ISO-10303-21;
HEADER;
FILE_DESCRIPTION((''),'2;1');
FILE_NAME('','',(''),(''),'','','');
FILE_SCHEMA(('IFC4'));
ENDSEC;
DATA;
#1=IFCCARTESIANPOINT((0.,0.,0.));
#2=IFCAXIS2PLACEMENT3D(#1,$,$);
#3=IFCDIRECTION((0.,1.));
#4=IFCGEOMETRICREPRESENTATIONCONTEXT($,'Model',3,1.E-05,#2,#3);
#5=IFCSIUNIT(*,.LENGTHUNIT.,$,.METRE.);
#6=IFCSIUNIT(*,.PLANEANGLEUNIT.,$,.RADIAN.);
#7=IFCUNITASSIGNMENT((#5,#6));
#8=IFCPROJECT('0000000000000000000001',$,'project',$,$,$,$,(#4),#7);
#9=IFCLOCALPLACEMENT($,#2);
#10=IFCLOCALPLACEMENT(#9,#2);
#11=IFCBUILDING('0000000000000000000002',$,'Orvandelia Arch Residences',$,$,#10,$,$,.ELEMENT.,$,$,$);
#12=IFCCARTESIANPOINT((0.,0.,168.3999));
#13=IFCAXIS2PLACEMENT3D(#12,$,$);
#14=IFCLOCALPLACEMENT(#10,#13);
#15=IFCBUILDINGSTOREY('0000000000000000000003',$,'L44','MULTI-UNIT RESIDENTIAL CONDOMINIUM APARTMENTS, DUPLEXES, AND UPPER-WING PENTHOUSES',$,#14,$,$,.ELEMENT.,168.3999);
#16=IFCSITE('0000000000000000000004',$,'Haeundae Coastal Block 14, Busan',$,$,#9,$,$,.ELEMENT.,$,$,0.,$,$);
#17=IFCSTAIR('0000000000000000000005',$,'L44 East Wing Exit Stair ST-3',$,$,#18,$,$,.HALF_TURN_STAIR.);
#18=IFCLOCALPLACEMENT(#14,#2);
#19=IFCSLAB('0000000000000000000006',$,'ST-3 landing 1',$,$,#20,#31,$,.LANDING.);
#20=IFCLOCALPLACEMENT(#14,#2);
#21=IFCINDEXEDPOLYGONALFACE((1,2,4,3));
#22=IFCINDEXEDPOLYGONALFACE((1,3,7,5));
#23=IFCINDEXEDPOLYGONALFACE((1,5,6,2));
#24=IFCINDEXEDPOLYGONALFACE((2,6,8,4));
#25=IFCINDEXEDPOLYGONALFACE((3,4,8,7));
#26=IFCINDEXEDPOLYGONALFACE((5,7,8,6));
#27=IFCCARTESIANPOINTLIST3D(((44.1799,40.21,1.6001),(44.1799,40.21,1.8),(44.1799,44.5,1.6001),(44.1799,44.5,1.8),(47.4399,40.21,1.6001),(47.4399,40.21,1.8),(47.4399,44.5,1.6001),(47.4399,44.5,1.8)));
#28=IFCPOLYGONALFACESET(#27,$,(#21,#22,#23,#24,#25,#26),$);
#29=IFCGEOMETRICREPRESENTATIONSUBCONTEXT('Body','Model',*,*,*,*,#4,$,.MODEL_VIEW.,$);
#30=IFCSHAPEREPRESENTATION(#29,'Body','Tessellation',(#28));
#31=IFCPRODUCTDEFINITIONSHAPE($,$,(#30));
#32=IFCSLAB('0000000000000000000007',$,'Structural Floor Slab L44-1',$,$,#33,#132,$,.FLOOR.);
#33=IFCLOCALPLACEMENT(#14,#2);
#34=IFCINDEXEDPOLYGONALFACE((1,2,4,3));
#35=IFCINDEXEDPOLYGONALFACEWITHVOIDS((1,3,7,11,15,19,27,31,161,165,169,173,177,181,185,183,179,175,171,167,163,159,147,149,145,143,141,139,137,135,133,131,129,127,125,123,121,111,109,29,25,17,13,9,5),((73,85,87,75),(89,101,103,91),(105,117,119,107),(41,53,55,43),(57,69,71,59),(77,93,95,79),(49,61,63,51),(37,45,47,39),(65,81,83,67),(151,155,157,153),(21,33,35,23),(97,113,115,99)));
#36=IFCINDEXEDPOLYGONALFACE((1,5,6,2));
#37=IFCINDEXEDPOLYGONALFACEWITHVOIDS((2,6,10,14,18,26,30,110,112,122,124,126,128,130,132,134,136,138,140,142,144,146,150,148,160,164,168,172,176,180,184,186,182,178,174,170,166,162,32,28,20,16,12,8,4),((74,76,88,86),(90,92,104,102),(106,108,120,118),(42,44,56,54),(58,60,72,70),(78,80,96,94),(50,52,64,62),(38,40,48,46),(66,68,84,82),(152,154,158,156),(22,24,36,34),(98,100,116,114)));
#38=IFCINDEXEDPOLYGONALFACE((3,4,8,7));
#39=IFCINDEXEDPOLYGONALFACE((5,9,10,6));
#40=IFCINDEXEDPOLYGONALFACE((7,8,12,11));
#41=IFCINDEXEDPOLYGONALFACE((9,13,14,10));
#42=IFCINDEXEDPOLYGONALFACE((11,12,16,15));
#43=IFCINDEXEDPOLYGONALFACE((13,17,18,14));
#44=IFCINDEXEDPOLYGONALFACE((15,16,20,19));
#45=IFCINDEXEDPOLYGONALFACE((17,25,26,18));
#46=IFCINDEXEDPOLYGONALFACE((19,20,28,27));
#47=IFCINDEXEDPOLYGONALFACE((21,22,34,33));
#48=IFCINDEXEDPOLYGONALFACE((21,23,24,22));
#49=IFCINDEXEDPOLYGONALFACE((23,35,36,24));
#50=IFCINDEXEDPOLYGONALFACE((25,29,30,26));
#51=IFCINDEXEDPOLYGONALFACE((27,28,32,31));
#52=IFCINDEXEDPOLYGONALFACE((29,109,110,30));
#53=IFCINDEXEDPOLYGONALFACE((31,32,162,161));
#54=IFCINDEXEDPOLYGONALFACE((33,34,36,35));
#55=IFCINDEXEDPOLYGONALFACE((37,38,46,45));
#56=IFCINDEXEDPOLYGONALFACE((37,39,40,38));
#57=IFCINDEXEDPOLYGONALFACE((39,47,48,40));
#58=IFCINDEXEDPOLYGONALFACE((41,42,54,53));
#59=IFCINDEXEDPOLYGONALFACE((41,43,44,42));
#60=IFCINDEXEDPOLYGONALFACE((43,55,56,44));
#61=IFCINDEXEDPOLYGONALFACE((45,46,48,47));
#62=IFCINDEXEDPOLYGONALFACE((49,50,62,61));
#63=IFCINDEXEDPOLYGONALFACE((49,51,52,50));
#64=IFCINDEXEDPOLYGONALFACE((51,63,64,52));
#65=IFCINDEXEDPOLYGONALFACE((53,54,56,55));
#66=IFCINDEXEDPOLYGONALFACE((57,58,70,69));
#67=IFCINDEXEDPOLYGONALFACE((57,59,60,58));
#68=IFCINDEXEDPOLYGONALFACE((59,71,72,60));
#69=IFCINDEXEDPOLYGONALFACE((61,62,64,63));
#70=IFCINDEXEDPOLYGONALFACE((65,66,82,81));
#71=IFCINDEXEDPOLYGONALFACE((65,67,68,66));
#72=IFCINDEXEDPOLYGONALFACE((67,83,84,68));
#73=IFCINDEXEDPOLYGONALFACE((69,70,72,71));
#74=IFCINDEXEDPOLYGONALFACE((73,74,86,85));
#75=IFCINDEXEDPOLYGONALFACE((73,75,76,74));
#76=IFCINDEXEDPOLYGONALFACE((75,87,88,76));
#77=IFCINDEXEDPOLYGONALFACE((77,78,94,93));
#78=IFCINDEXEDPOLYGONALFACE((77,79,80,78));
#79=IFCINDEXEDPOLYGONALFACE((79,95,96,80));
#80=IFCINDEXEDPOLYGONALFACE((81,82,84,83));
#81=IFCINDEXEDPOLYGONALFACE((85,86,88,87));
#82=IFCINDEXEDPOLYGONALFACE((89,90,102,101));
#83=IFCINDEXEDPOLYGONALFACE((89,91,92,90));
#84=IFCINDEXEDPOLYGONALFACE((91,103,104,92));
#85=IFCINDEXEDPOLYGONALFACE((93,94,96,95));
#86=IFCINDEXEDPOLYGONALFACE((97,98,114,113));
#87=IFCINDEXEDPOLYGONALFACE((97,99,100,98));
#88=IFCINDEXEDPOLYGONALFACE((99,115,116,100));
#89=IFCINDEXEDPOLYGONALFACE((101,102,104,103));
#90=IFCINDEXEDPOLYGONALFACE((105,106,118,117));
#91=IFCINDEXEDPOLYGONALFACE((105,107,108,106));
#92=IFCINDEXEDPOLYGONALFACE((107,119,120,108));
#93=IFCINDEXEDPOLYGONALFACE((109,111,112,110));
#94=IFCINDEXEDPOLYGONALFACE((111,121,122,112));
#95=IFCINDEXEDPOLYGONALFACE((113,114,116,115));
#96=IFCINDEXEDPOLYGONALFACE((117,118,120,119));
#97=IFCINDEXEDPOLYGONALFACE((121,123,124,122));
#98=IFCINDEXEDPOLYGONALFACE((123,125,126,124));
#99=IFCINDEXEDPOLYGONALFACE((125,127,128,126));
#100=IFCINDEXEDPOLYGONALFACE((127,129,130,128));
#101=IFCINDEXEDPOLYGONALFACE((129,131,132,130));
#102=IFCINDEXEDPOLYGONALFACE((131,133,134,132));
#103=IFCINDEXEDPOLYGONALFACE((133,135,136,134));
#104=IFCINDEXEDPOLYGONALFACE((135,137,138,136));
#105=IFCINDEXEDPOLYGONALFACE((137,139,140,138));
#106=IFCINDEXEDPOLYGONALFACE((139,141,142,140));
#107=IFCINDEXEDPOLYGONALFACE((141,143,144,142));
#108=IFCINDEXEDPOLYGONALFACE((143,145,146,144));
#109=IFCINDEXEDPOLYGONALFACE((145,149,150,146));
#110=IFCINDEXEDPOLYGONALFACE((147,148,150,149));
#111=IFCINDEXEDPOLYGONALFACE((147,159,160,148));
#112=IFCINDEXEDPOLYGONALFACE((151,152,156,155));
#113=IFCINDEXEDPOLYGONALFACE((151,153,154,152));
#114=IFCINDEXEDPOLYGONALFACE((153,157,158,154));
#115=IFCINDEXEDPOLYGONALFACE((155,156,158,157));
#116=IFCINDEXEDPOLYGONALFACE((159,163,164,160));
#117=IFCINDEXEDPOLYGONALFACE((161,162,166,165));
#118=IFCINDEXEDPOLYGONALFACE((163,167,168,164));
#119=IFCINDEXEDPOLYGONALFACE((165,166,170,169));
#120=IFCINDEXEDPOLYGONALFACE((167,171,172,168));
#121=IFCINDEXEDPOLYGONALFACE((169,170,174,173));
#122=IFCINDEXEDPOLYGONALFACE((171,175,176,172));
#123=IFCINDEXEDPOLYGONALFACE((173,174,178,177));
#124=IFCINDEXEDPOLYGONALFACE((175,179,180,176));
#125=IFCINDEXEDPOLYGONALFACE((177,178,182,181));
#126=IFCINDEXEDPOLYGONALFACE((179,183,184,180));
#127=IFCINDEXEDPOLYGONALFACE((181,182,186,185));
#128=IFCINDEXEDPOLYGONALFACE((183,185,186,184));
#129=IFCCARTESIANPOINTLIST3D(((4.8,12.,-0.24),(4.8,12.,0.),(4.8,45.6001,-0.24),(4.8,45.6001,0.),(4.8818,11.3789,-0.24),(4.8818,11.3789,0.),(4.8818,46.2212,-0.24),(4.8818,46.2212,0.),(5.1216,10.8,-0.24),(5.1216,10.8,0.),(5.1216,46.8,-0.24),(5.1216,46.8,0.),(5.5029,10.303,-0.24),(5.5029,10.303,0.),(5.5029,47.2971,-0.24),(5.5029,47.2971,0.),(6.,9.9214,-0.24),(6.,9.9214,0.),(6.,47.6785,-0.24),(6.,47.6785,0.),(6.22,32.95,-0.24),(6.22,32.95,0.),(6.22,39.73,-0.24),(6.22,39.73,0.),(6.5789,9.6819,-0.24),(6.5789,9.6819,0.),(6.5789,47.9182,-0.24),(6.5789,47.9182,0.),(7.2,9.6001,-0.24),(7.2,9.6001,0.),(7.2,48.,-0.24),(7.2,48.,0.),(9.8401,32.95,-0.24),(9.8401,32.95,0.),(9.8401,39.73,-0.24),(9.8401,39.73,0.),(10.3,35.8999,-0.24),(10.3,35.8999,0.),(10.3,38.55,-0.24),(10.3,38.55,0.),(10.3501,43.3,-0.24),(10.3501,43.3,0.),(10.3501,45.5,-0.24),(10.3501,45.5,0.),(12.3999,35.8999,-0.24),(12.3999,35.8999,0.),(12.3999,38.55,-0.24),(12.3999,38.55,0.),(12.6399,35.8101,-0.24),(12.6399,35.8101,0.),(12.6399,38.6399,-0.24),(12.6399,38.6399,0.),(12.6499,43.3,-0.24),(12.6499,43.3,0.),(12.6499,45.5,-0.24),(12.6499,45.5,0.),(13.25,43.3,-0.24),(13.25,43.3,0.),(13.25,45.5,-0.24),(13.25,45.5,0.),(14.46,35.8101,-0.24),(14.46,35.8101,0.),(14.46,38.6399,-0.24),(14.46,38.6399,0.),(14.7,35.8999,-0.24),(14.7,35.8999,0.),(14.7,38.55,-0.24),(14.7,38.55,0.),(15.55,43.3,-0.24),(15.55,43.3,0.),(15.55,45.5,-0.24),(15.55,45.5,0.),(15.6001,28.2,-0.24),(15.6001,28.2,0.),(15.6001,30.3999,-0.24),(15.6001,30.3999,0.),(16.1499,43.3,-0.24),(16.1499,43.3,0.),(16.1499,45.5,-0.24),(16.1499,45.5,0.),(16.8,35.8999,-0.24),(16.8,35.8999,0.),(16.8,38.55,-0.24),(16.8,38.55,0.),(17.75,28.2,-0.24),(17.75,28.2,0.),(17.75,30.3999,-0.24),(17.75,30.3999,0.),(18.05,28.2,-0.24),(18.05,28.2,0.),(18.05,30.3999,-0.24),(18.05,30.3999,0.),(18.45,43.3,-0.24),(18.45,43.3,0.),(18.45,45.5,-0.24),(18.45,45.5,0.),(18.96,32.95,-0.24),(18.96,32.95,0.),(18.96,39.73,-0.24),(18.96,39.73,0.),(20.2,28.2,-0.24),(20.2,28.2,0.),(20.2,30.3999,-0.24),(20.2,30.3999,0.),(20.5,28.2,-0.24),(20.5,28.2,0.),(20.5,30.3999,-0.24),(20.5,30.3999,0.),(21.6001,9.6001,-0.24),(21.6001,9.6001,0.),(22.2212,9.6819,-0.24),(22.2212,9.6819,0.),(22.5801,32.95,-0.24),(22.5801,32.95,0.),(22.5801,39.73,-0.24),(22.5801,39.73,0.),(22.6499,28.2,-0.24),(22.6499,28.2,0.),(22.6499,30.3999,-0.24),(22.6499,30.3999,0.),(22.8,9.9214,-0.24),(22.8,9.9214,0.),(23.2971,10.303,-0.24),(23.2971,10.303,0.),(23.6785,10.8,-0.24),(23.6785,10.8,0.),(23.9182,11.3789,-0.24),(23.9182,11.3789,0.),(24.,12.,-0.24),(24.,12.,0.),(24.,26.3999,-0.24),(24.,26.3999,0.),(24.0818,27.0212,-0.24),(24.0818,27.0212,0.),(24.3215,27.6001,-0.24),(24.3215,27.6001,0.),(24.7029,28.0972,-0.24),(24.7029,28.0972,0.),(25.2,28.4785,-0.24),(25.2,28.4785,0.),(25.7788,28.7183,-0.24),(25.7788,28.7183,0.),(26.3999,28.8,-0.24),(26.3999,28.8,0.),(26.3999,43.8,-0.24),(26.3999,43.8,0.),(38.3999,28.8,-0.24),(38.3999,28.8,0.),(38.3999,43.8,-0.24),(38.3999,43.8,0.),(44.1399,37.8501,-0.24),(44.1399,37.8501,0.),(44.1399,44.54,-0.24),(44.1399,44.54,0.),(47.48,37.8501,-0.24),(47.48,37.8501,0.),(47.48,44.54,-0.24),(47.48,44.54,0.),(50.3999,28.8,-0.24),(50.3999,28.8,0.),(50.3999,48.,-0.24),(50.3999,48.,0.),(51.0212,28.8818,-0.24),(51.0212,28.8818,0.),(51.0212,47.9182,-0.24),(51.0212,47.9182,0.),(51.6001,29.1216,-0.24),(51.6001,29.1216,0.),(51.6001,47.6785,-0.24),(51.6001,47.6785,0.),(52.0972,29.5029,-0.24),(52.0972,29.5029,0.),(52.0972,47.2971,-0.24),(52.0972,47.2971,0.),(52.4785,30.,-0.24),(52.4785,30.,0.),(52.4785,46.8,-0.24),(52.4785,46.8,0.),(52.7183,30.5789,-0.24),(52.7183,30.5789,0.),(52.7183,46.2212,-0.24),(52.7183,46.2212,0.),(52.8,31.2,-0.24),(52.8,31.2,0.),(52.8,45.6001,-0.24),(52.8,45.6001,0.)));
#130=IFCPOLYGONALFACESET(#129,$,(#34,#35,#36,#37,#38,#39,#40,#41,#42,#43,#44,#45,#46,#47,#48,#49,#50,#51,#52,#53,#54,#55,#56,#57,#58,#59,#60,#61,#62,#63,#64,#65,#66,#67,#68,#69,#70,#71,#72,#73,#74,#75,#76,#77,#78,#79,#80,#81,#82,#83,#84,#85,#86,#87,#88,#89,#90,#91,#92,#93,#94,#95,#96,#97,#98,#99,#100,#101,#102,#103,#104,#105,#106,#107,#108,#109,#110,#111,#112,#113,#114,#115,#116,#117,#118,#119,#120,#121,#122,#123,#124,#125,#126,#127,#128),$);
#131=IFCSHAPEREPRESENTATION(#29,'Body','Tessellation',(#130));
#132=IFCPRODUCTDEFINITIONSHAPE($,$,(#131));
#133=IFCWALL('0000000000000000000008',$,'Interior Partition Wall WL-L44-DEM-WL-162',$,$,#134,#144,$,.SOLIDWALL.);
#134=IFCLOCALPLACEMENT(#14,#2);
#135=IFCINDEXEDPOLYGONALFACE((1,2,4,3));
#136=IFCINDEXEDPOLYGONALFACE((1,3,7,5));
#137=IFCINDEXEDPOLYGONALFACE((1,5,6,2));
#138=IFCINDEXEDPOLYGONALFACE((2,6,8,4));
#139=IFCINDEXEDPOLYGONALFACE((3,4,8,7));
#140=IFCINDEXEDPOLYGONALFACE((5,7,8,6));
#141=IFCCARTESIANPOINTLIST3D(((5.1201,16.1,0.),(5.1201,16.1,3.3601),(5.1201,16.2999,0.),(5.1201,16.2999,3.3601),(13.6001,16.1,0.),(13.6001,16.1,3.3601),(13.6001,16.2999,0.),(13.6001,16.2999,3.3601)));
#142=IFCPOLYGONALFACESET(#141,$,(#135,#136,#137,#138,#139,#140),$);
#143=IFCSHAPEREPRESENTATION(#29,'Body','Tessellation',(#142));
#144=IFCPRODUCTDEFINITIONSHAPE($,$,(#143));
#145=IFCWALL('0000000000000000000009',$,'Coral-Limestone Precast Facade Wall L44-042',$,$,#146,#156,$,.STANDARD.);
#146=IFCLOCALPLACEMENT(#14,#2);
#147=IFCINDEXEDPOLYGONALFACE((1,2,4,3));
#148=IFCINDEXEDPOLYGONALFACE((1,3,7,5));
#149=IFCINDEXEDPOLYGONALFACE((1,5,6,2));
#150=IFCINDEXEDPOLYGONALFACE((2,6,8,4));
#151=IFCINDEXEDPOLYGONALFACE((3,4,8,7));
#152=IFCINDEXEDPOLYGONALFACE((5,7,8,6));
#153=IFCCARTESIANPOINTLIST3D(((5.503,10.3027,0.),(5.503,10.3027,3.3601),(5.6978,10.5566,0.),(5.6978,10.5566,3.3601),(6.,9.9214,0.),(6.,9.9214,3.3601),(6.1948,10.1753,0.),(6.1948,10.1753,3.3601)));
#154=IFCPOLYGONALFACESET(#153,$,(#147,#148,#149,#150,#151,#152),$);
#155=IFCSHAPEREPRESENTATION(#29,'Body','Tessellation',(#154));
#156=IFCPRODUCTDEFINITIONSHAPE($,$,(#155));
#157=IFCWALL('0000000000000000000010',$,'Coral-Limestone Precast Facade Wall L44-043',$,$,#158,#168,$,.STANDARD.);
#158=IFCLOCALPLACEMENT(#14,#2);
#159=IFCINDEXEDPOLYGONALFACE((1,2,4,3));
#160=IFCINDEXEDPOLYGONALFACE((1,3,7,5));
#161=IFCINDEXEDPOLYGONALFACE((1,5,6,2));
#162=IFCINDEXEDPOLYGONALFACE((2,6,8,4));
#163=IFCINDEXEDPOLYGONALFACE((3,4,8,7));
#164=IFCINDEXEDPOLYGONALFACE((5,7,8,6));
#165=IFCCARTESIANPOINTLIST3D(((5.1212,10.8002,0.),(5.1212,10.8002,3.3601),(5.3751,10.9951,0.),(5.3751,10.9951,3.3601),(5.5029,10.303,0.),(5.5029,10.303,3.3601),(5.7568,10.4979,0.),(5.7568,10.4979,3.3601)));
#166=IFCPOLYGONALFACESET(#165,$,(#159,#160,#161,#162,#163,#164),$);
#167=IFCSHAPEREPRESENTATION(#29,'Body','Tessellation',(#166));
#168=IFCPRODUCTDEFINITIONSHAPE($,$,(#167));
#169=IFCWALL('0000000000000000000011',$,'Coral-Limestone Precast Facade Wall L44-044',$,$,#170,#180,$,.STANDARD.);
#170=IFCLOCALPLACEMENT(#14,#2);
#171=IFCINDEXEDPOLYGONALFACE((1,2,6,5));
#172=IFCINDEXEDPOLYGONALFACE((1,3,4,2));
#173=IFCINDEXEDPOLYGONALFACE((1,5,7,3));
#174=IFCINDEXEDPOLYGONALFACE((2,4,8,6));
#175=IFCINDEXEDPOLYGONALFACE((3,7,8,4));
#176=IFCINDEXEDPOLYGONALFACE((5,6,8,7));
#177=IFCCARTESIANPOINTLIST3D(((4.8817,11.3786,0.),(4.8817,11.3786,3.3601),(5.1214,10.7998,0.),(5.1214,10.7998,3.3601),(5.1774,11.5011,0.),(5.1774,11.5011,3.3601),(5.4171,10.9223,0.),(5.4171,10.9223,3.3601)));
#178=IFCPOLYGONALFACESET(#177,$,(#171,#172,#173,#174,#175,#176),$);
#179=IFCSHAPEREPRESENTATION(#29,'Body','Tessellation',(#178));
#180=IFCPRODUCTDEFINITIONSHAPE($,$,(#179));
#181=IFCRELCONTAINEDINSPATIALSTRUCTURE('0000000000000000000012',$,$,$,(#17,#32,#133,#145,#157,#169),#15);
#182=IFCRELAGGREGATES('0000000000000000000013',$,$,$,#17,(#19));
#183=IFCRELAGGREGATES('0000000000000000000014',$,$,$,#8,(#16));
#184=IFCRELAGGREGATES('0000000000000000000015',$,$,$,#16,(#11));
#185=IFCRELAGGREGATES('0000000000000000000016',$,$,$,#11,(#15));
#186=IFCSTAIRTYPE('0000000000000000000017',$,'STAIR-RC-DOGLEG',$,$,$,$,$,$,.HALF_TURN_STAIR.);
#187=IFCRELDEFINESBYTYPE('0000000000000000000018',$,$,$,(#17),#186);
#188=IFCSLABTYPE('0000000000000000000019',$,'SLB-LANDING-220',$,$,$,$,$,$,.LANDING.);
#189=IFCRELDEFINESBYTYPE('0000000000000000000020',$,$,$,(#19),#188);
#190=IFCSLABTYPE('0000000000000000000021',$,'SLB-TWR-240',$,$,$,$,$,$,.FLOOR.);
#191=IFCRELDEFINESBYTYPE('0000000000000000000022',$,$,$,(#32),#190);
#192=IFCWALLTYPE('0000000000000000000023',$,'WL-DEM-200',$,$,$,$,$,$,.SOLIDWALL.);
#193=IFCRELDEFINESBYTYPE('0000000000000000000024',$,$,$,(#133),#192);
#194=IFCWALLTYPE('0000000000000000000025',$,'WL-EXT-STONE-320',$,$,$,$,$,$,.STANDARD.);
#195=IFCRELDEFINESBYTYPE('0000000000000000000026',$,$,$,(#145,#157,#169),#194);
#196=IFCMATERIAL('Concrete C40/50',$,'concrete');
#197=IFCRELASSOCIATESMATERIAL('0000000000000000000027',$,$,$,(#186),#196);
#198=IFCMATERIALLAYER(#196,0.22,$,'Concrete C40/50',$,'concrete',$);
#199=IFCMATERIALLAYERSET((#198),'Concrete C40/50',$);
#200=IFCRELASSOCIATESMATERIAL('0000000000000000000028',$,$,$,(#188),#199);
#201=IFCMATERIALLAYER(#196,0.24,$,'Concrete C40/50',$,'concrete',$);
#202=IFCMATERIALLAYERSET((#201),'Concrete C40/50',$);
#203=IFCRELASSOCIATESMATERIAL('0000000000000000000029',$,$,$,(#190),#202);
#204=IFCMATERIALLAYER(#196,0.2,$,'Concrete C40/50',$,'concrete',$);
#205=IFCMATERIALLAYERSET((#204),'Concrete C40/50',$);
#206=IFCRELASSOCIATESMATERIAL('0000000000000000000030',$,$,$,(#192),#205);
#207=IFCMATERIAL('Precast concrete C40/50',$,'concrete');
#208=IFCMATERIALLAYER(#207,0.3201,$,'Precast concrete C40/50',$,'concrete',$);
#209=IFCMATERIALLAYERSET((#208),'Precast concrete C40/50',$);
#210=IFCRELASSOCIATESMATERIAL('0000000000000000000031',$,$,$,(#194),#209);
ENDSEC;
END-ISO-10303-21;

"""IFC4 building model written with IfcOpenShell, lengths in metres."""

from ifc_helpers import new_model, si_unit, direction, frame, frame_2d, origin, place, context, subcontext, project, spatial, polyline, rectangle, outline, extrude, material, layer, layer_set, type_object, element, aggregate, save


model = new_model("IFC4")

# Units and contexts
model_context = context("Model", 3, precision=1e-05, world=origin(), true_north=direction((0.0, 1.0)))
body_context = subcontext(model_context, "Body", "Model", "MODEL_VIEW")
ifc_project = project(units=[si_unit("LENGTHUNIT", "METRE"), si_unit("PLANEANGLEUNIT", "RADIAN")], contexts=[model_context])

# Site, building, storey
site_placement = place(None, origin())
site = spatial("IfcSite", under=ifc_project, at=site_placement, Name="Haeundae Coastal Block 14, Busan", CompositionType="ELEMENT", RefElevation=0.0)
building_placement = place(site_placement, origin())
building = spatial("IfcBuilding", under=site, at=building_placement, Name="Orvandelia Arch Residences", CompositionType="ELEMENT")
storey_placement = place(building_placement, frame((0.0, 0.0, 168.3999)))
storey = spatial("IfcBuildingStorey", under=building, at=storey_placement, Name="L44", Description="MULTI-UNIT RESIDENTIAL CONDOMINIUM APARTMENTS, DUPLEXES, AND UPPER-WING PENTHOUSES", CompositionType="ELEMENT", Elevation=168.3999)

# Shared definitions
ifc_material_1 = material(Name="Precast concrete C40/50", Category="concrete")

# Stair, slab
ifc_material_2 = material(Name="Concrete C40/50", Category="concrete")
stair_type = type_object("IfcStairType", Name="STAIR-RC-DOGLEG", PredefinedType="HALF_TURN_STAIR", material=ifc_material_2)
ifc_layer_1 = layer(ifc_material_2, 0.22, Name="Concrete C40/50", Category="concrete")
ifc_layer_set_1 = layer_set([ifc_layer_1], Name="Concrete C40/50")
slab_type_1 = type_object("IfcSlabType", Name="SLB-LANDING-220", PredefinedType="LANDING", material=ifc_layer_set_1)
stair_1_placement = place(storey_placement, origin())
stair_1 = element("IfcStair", 1, at=stair_1_placement, inside=storey, type_object=stair_type, Name="L44 East Wing Exit Stair ST-3", PredefinedType="HALF_TURN_STAIR")
slab_1_placement = place(storey_placement, frame((0.0, 0.0, 1.6001)))
slab_1 = element("IfcSlab", 2, at=slab_1_placement, type_object=slab_type_1, Name="ST-3 landing 1", PredefinedType="LANDING", context=body_context, shape_type="SweptSolid", body=[
    extrude(outline(polyline([(47.4399, 40.21), (47.4399, 44.5), (44.1799, 44.5), (44.1799, 40.21), (47.4399, 40.21)])), origin(), (0.0, 0.0, 1.0), 0.2),
])
aggregate(stair_1, [slab_1])

# Slab
ifc_layer_2 = layer(ifc_material_2, 0.24, Name="Concrete C40/50", Category="concrete")
ifc_layer_set_2 = layer_set([ifc_layer_2], Name="Concrete C40/50")
slab_type_2 = type_object("IfcSlabType", Name="SLB-TWR-240", PredefinedType="FLOOR", material=ifc_layer_set_2)
slab_2_placement = place(storey_placement, frame((0.0, 0.0, -0.24)))
element("IfcSlab", 3, at=slab_2_placement, inside=storey, type_object=slab_type_2, Name="Structural Floor Slab L44-1", PredefinedType="FLOOR", context=body_context, shape_type="SweptSolid", body=[
    extrude(outline(polyline([(4.8, 12.0), (4.8818, 11.3789), (5.1216, 10.8), (5.5029, 10.303), (6.0, 9.9214), (6.5789, 9.6819), (7.2, 9.6001), (21.6001, 9.6001), (22.2212, 9.6819), (22.8, 9.9214), (23.2971, 10.303), (23.6785, 10.8), (23.9182, 11.3789), (24.0, 12.0), (24.0, 26.3999), (24.0818, 27.0212), (24.3215, 27.6001), (24.7029, 28.0972), (25.2, 28.4785), (25.7788, 28.7183), (26.3999, 28.8), (26.3999, 43.8), (38.3999, 43.8), (38.3999, 28.8), (50.3999, 28.8), (51.0212, 28.8818), (51.6001, 29.1216), (52.0972, 29.5029), (52.4785, 30.0), (52.7183, 30.5789), (52.8, 31.2), (52.8, 45.6001), (52.7183, 46.2212), (52.4785, 46.8), (52.0972, 47.2971), (51.6001, 47.6785), (51.0212, 47.9182), (50.3999, 48.0), (7.2, 48.0), (6.5789, 47.9182), (6.0, 47.6785), (5.5029, 47.2971), (5.1216, 46.8), (4.8818, 46.2212), (4.8, 45.6001), (4.8, 12.0)]), holes=[polyline([(6.22, 32.95), (9.8401, 32.95), (9.8401, 39.73), (6.22, 39.73), (6.22, 32.95)]), polyline([(18.96, 32.95), (22.5801, 32.95), (22.5801, 39.73), (18.96, 39.73), (18.96, 32.95)]), polyline([(44.1399, 37.8501), (47.48, 37.8501), (47.48, 44.54), (44.1399, 44.54), (44.1399, 37.8501)]), polyline([(12.6399, 35.8101), (14.46, 35.8101), (14.46, 38.6399), (12.6399, 38.6399), (12.6399, 35.8101)]), polyline([(10.3, 35.8999), (12.3999, 35.8999), (12.3999, 38.55), (10.3, 38.55), (10.3, 35.8999)]), polyline([(14.7, 35.8999), (16.8, 35.8999), (16.8, 38.55), (14.7, 38.55), (14.7, 35.8999)]), polyline([(10.3501, 43.3), (12.6499, 43.3), (12.6499, 45.5), (10.3501, 45.5), (10.3501, 43.3)]), polyline([(13.25, 43.3), (15.55, 43.3), (15.55, 45.5), (13.25, 45.5), (13.25, 43.3)]), polyline([(16.1499, 43.3), (18.45, 43.3), (18.45, 45.5), (16.1499, 45.5), (16.1499, 43.3)]), polyline([(15.6001, 28.2), (17.75, 28.2), (17.75, 30.3999), (15.6001, 30.3999), (15.6001, 28.2)]), polyline([(18.05, 28.2), (20.2, 28.2), (20.2, 30.3999), (18.05, 30.3999), (18.05, 28.2)]), polyline([(20.5, 28.2), (22.6499, 28.2), (22.6499, 30.3999), (20.5, 30.3999), (20.5, 28.2)])]), origin(), (0.0, 0.0, 1.0), 0.24),
])

# Walls
ifc_layer_3 = layer(ifc_material_2, 0.2, Name="Concrete C40/50", Category="concrete")
ifc_layer_set_3 = layer_set([ifc_layer_3], Name="Concrete C40/50")
wall_type_1 = type_object("IfcWallType", Name="WL-DEM-200", PredefinedType="SOLIDWALL", material=ifc_layer_set_3)
wall_1_placement = place(storey_placement, frame((5.1201, 16.2, 0.0), z_axis=(0.0, 0.0, 1.0), x_axis=(1.0, 0.0, 0.0)))
element("IfcWall", 4, at=wall_1_placement, inside=storey, type_object=wall_type_1, Name="Interior Partition Wall WL-L44-DEM-WL-162", PredefinedType="SOLIDWALL", context=body_context, shape_type="SweptSolid", body=[
    extrude(rectangle(XDim=8.48, YDim=0.2, at=frame_2d((4.24, 0.0))), origin(), (0.0, 0.0, 1.0), 3.3601),
])
ifc_layer_4 = layer(ifc_material_1, 0.3201, Name="Precast concrete C40/50", Category="concrete")
ifc_layer_set_4 = layer_set([ifc_layer_4], Name="Precast concrete C40/50")
wall_type_2 = type_object("IfcWallType", Name="WL-EXT-STONE-320", PredefinedType="STANDARD", material=ifc_layer_set_4)
wall_2_placement = place(storey_placement, frame((6.0974, 10.0483, 0.0), z_axis=(0.0, 0.0, 1.0), x_axis=(-0.793406, 0.608693, 0.0)))
element("IfcWall", 5, at=wall_2_placement, inside=storey, type_object=wall_type_2, Name="Coral-Limestone Precast Facade Wall L44-042", PredefinedType="STANDARD", context=body_context, shape_type="SweptSolid", body=[
    extrude(rectangle(XDim=0.6265, YDim=0.3201, at=frame_2d((0.3132, 0.0))), origin(), (0.0, 0.0, 1.0), 3.3601),
])
wall_3_placement = place(storey_placement, frame((5.6299, 10.4004, 0.0), z_axis=(0.0, 0.0, 1.0), x_axis=(-0.608939, 0.793217, 0.0)))
element("IfcWall", 6, at=wall_3_placement, inside=storey, type_object=wall_type_2, Name="Coral-Limestone Precast Facade Wall L44-043", PredefinedType="STANDARD", context=body_context, shape_type="SweptSolid", body=[
    extrude(rectangle(XDim=0.6267, YDim=0.3201, at=frame_2d((0.3135, 0.0))), origin(), (0.0, 0.0, 1.0), 3.3601),
])
wall_4_placement = place(storey_placement, frame((5.2693, 10.8611, 0.0), z_axis=(0.0, 0.0, 1.0), x_axis=(-0.38265, 0.923893, 0.0)))
element("IfcWall", 7, at=wall_4_placement, inside=storey, type_object=wall_type_2, Name="Coral-Limestone Precast Facade Wall L44-044", PredefinedType="STANDARD", context=body_context, shape_type="SweptSolid", body=[
    extrude(rectangle(XDim=0.6265, YDim=0.3201, at=frame_2d((0.3132, 0.0))), origin(), (0.0, 0.0, 1.0), 3.3601),
])

save(model, "model.ifc")
